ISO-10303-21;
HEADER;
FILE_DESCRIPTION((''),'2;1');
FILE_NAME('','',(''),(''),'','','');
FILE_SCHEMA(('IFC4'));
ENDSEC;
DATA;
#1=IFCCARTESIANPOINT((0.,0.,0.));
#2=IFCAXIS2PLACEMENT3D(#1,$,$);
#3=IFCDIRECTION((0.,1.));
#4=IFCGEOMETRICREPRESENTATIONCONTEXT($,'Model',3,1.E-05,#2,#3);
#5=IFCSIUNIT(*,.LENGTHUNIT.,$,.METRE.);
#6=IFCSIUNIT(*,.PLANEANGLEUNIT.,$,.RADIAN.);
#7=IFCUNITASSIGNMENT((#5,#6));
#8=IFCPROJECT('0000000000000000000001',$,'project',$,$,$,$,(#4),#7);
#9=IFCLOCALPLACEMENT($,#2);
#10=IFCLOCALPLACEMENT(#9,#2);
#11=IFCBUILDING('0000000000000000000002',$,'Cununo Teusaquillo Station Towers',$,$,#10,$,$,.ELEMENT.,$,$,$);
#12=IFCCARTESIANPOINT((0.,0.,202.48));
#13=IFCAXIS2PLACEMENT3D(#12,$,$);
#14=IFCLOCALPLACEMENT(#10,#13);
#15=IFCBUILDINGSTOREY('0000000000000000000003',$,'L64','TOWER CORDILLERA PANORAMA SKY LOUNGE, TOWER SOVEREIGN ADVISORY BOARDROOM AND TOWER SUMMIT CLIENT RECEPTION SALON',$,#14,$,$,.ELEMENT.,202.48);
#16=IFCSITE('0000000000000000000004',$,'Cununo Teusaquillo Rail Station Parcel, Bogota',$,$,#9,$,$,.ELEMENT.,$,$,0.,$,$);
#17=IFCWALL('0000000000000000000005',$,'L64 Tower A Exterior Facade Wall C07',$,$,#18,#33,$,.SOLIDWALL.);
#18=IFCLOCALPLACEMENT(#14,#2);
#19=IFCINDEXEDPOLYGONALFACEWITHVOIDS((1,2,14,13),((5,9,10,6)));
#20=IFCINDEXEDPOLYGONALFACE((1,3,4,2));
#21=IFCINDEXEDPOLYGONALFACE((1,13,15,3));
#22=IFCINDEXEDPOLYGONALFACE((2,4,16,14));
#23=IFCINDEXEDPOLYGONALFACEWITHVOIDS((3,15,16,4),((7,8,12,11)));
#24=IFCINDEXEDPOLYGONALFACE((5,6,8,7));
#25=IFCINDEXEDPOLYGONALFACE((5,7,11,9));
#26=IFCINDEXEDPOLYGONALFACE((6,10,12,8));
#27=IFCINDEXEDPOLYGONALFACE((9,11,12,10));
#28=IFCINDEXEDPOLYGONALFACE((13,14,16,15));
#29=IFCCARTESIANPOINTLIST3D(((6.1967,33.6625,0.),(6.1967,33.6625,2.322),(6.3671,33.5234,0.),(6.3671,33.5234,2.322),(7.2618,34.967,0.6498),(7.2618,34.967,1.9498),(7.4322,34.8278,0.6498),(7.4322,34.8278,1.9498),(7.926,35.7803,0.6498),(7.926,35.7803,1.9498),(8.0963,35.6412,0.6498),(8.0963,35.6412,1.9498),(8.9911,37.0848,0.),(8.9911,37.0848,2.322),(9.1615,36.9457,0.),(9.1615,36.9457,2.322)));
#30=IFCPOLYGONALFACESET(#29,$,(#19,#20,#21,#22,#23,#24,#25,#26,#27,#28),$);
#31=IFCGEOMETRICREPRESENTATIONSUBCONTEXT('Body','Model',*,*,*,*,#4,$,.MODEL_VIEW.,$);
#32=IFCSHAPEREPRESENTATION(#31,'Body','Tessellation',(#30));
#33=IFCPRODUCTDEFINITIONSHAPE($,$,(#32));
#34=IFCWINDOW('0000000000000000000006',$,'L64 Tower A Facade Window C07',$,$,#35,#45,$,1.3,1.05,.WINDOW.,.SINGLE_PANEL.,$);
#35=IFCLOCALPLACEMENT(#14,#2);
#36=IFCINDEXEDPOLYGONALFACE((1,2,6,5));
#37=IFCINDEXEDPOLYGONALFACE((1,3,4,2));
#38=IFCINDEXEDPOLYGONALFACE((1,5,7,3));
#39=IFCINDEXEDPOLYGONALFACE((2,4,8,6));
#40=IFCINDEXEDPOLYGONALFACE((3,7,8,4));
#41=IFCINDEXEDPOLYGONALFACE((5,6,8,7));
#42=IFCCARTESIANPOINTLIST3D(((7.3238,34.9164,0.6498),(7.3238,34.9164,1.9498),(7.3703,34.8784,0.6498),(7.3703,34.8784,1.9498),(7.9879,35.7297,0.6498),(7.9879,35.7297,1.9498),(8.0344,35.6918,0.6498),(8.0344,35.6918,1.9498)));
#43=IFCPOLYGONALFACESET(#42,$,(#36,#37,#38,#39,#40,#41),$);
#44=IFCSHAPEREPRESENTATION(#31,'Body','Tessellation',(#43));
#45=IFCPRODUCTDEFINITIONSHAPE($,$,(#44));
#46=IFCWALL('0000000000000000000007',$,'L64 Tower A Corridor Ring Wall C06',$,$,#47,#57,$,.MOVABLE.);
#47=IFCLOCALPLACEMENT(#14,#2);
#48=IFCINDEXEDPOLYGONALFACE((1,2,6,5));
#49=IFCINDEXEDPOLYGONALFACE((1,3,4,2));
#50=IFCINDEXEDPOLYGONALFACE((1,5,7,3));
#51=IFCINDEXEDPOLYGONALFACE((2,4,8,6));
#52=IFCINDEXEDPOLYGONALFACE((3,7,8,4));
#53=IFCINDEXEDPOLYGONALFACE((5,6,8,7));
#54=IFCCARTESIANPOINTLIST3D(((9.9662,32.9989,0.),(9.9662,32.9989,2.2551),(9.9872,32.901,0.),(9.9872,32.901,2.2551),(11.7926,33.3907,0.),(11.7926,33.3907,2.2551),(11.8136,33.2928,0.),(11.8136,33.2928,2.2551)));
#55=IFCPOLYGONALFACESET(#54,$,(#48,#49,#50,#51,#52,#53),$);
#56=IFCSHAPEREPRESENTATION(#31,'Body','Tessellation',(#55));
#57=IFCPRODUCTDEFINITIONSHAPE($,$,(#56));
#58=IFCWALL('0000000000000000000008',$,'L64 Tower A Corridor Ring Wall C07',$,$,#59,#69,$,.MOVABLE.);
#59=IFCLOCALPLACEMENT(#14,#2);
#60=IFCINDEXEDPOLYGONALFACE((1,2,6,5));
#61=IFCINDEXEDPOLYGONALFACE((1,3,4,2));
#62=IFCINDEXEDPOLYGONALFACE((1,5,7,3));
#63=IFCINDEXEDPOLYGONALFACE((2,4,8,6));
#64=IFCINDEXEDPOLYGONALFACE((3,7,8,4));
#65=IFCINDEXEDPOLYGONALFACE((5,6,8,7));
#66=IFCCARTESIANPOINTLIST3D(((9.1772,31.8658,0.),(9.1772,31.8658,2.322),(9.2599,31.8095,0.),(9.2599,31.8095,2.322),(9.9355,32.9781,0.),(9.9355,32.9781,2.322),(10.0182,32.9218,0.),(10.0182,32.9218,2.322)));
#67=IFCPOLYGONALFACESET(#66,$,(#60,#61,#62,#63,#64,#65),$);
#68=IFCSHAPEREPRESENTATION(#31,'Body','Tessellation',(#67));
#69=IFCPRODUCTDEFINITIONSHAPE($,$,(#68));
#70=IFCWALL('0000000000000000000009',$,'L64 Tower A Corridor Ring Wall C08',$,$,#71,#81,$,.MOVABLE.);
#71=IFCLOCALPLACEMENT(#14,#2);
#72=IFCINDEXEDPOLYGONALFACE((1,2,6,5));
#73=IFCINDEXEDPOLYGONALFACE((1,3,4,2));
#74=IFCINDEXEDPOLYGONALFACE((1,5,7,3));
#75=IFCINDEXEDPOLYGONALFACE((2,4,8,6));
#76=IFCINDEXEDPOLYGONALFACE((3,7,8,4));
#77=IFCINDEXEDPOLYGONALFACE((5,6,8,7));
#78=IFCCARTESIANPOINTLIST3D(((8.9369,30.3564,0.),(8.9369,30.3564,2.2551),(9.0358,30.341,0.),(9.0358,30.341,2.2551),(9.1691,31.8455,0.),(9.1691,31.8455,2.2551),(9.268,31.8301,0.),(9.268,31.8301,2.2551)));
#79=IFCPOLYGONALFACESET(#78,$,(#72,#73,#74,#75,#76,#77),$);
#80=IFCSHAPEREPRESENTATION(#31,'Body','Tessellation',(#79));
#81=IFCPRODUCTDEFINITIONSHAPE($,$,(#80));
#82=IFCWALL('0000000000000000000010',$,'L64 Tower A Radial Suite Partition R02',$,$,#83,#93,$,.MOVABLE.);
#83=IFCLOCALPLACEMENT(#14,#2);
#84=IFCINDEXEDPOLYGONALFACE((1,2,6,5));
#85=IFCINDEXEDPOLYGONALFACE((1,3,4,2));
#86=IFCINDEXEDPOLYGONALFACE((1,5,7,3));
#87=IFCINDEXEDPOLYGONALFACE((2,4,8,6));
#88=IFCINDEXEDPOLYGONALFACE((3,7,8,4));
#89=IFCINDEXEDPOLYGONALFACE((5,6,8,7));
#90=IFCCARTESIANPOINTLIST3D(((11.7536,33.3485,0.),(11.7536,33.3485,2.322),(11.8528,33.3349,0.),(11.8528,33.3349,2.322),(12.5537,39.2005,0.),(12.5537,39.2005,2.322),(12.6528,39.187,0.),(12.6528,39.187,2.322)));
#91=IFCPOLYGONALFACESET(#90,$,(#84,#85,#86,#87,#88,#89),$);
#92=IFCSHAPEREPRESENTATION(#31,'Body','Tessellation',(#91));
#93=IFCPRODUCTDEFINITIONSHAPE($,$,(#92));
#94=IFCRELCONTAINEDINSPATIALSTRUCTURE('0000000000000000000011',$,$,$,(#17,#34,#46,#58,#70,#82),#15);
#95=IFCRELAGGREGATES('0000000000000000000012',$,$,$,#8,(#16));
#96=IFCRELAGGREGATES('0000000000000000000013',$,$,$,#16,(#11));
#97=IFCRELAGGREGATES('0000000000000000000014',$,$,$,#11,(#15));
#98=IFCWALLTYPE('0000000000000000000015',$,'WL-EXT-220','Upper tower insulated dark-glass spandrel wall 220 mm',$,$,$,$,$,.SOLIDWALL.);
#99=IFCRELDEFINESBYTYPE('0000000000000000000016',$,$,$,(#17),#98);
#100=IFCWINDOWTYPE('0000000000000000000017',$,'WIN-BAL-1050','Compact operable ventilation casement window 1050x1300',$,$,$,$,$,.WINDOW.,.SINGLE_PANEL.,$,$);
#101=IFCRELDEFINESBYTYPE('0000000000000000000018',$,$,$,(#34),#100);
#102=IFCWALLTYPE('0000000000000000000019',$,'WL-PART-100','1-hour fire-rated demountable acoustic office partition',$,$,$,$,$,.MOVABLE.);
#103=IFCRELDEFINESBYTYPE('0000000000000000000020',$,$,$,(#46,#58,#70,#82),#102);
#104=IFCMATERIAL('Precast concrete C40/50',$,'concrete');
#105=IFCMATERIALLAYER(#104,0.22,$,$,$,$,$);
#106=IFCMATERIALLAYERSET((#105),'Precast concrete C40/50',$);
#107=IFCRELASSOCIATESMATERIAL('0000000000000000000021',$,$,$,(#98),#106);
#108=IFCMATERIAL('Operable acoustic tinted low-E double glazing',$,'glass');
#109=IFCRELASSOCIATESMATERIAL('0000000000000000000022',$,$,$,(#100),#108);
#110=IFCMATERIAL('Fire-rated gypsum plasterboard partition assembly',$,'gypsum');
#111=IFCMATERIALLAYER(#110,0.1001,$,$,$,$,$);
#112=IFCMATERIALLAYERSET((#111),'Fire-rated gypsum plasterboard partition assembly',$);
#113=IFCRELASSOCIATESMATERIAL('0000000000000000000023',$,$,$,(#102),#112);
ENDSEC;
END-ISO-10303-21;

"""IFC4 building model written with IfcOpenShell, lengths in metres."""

from ifc_helpers import new_model, si_unit, direction, frame, frame_2d, origin, place, context, subcontext, project, spatial, rectangle, extrude, source, transform, mapped, material, layer, layer_set, type_object, element, fill, save


model = new_model("IFC4")

# Units and contexts
model_context = context("Model", 3, precision=1e-05, world=origin(), true_north=direction((0.0, 1.0)))
body_context = subcontext(model_context, "Body", "Model", "MODEL_VIEW")
ifc_project = project(units=[si_unit("LENGTHUNIT", "METRE"), si_unit("PLANEANGLEUNIT", "RADIAN")], contexts=[model_context])

# Site, building, storey
site_placement = place(None, origin())
site = spatial("IfcSite", under=ifc_project, at=site_placement, Name="Cununo Teusaquillo Rail Station Parcel, Bogota", CompositionType="ELEMENT", RefElevation=0.0)
building_placement = place(site_placement, origin())
building = spatial("IfcBuilding", under=site, at=building_placement, Name="Cununo Teusaquillo Station Towers", CompositionType="ELEMENT")
storey_placement = place(building_placement, frame((0.0, 0.0, 202.48)))
storey = spatial("IfcBuildingStorey", under=building, at=storey_placement, Name="L64", Description="TOWER CORDILLERA PANORAMA SKY LOUNGE, TOWER SOVEREIGN ADVISORY BOARDROOM AND TOWER SUMMIT CLIENT RECEPTION SALON", CompositionType="ELEMENT", Elevation=202.48)

# Shared definitions
ifc_material_1 = material(Name="Precast concrete C40/50", Category="concrete")
ifc_layer_1 = layer(ifc_material_1, 0.22)
ifc_layer_set_1 = layer_set([ifc_layer_1], Name="Precast concrete C40/50")
wall_type_1 = type_object("IfcWallType", Name="WL-EXT-220", Description="Upper tower insulated dark-glass spandrel wall 220 mm", PredefinedType="SOLIDWALL", material=ifc_layer_set_1)
shared_shape_1 = source(origin(), body_context, "Body", "SweptSolid", [
    extrude(rectangle(XDim=1.05, YDim=1.3, at=frame_2d((0.5249, 0.6499))), frame((0.0, 0.1199, 0.0), z_axis=(0.0, -1.0, 0.0), x_axis=(1.0, 0.0, 0.0)), (0.0, 0.0, 1.0), 0.24),
])
ifc_material_2 = material(Name="Operable acoustic tinted low-E double glazing", Category="glass")
window_type = type_object("IfcWindowType", Name="WIN-BAL-1050", Description="Compact operable ventilation casement window 1050x1300", PartitioningType="SINGLE_PANEL", PredefinedType="WINDOW", material=ifc_material_2)
shared_shape_2 = source(origin(), body_context, "Body", "SweptSolid", [
    extrude(rectangle(XDim=1.05, YDim=1.3, at=frame_2d((0.5249, 0.6499))), frame((0.0, 0.03, 0.0), z_axis=(0.0, -1.0, 0.0), x_axis=(1.0, 0.0, 0.0)), (0.0, 0.0, 1.0), 0.0601),
])

# Wall, opening, window
wall_1_placement = place(storey_placement, frame((6.282, 33.593, 0.0), z_axis=(0.0, 0.0, 1.0), x_axis=(0.632467, 0.774587, 0.0)))
wall_1 = element("IfcWall", 1, at=wall_1_placement, inside=storey, type_object=wall_type_1, Name="L64 Tower A Exterior Facade Wall C07", PredefinedType="SOLIDWALL", context=body_context, shape_type="SweptSolid", body=[
    extrude(rectangle(XDim=4.4182, YDim=0.22, at=frame_2d((2.209, 0.0))), origin(), (0.0, 0.0, 1.0), 2.322),
])
opening_1_placement = place(wall_1_placement, frame((1.6841, 0.0, 0.6499)))
opening_1 = element("IfcOpeningElement", 2, at=opening_1_placement, cuts=wall_1, PredefinedType="OPENING", context=body_context, shape_type="MappedRepresentation", body=[
    mapped(shared_shape_1, transform((0.0, 0.0, 0.0), x_axis=(1.0, 0.0, 0.0), y_axis=(0.0, 1.0, 0.0), z_axis=(0.0, 0.0, 1.0), scale=1.0)),
])
window_1_placement = place(opening_1_placement, origin())
window_1 = element("IfcWindow", 3, at=window_1_placement, inside=storey, type_object=window_type, Name="L64 Tower A Facade Window C07", OverallHeight=1.3, OverallWidth=1.05, PartitioningType="SINGLE_PANEL", PredefinedType="WINDOW", context=body_context, shape_type="MappedRepresentation", body=[
    mapped(shared_shape_2, transform((0.0, 0.0, 0.0), x_axis=(1.0, 0.0, 0.0), y_axis=(0.0, 1.0, 0.0), z_axis=(0.0, 0.0, 1.0), scale=1.0)),
])
fill(opening_1, window_1)

# Walls
ifc_material_3 = material(Name="Fire-rated gypsum plasterboard partition assembly", Category="gypsum")
ifc_layer_2 = layer(ifc_material_3, 0.1001)
ifc_layer_set_2 = layer_set([ifc_layer_2], Name="Fire-rated gypsum plasterboard partition assembly")
wall_type_2 = type_object("IfcWallType", Name="WL-PART-100", Description="1-hour fire-rated demountable acoustic office partition", PredefinedType="MOVABLE", material=ifc_layer_set_2)
wall_2_placement = place(storey_placement, frame((11.8032, 33.3418, 0.0), z_axis=(0.0, 0.0, 1.0), x_axis=(-0.977751, -0.20977, 0.0)))
element("IfcWall", 4, at=wall_2_placement, inside=storey, type_object=wall_type_2, Name="L64 Tower A Corridor Ring Wall C06", PredefinedType="MOVABLE", context=body_context, shape_type="SweptSolid", body=[
    extrude(rectangle(XDim=1.8679, YDim=0.1001, at=frame_2d((0.9341, 0.0))), origin(), (0.0, 0.0, 1.0), 2.2551),
])
wall_3_placement = place(storey_placement, frame((9.9768, 32.95, 0.0), z_axis=(0.0, 0.0, 1.0), x_axis=(-0.563292, -0.826258, 0.0)))
element("IfcWall", 5, at=wall_3_placement, inside=storey, type_object=wall_type_2, Name="L64 Tower A Corridor Ring Wall C07", PredefinedType="MOVABLE", context=body_context, shape_type="SweptSolid", body=[
    extrude(rectangle(XDim=1.3462, YDim=0.1001, at=frame_2d((0.6731, 0.0))), origin(), (0.0, 0.0, 1.0), 2.322),
])
wall_4_placement = place(storey_placement, frame((9.2185, 31.8376, 0.0), z_axis=(0.0, 0.0, 1.0), x_axis=(-0.154066, -0.988061, 0.0)))
element("IfcWall", 6, at=wall_4_placement, inside=storey, type_object=wall_type_2, Name="L64 Tower A Corridor Ring Wall C08", PredefinedType="MOVABLE", context=body_context, shape_type="SweptSolid", body=[
    extrude(rectangle(XDim=1.5071, YDim=0.1001, at=frame_2d((0.7534, 0.0))), origin(), (0.0, 0.0, 1.0), 2.2551),
])
wall_5_placement = place(storey_placement, frame((11.8032, 33.3418, 0.0), z_axis=(0.0, 0.0, 1.0), x_axis=(0.135453, 0.990784, 0.0)))
element("IfcWall", 7, at=wall_5_placement, inside=storey, type_object=wall_type_2, Name="L64 Tower A Radial Suite Partition R02", PredefinedType="MOVABLE", context=body_context, shape_type="SweptSolid", body=[
    extrude(rectangle(XDim=5.9065, YDim=0.1001, at=frame_2d((2.9531, 0.0))), origin(), (0.0, 0.0, 1.0), 2.322),
])

save(model, "model.ifc")
